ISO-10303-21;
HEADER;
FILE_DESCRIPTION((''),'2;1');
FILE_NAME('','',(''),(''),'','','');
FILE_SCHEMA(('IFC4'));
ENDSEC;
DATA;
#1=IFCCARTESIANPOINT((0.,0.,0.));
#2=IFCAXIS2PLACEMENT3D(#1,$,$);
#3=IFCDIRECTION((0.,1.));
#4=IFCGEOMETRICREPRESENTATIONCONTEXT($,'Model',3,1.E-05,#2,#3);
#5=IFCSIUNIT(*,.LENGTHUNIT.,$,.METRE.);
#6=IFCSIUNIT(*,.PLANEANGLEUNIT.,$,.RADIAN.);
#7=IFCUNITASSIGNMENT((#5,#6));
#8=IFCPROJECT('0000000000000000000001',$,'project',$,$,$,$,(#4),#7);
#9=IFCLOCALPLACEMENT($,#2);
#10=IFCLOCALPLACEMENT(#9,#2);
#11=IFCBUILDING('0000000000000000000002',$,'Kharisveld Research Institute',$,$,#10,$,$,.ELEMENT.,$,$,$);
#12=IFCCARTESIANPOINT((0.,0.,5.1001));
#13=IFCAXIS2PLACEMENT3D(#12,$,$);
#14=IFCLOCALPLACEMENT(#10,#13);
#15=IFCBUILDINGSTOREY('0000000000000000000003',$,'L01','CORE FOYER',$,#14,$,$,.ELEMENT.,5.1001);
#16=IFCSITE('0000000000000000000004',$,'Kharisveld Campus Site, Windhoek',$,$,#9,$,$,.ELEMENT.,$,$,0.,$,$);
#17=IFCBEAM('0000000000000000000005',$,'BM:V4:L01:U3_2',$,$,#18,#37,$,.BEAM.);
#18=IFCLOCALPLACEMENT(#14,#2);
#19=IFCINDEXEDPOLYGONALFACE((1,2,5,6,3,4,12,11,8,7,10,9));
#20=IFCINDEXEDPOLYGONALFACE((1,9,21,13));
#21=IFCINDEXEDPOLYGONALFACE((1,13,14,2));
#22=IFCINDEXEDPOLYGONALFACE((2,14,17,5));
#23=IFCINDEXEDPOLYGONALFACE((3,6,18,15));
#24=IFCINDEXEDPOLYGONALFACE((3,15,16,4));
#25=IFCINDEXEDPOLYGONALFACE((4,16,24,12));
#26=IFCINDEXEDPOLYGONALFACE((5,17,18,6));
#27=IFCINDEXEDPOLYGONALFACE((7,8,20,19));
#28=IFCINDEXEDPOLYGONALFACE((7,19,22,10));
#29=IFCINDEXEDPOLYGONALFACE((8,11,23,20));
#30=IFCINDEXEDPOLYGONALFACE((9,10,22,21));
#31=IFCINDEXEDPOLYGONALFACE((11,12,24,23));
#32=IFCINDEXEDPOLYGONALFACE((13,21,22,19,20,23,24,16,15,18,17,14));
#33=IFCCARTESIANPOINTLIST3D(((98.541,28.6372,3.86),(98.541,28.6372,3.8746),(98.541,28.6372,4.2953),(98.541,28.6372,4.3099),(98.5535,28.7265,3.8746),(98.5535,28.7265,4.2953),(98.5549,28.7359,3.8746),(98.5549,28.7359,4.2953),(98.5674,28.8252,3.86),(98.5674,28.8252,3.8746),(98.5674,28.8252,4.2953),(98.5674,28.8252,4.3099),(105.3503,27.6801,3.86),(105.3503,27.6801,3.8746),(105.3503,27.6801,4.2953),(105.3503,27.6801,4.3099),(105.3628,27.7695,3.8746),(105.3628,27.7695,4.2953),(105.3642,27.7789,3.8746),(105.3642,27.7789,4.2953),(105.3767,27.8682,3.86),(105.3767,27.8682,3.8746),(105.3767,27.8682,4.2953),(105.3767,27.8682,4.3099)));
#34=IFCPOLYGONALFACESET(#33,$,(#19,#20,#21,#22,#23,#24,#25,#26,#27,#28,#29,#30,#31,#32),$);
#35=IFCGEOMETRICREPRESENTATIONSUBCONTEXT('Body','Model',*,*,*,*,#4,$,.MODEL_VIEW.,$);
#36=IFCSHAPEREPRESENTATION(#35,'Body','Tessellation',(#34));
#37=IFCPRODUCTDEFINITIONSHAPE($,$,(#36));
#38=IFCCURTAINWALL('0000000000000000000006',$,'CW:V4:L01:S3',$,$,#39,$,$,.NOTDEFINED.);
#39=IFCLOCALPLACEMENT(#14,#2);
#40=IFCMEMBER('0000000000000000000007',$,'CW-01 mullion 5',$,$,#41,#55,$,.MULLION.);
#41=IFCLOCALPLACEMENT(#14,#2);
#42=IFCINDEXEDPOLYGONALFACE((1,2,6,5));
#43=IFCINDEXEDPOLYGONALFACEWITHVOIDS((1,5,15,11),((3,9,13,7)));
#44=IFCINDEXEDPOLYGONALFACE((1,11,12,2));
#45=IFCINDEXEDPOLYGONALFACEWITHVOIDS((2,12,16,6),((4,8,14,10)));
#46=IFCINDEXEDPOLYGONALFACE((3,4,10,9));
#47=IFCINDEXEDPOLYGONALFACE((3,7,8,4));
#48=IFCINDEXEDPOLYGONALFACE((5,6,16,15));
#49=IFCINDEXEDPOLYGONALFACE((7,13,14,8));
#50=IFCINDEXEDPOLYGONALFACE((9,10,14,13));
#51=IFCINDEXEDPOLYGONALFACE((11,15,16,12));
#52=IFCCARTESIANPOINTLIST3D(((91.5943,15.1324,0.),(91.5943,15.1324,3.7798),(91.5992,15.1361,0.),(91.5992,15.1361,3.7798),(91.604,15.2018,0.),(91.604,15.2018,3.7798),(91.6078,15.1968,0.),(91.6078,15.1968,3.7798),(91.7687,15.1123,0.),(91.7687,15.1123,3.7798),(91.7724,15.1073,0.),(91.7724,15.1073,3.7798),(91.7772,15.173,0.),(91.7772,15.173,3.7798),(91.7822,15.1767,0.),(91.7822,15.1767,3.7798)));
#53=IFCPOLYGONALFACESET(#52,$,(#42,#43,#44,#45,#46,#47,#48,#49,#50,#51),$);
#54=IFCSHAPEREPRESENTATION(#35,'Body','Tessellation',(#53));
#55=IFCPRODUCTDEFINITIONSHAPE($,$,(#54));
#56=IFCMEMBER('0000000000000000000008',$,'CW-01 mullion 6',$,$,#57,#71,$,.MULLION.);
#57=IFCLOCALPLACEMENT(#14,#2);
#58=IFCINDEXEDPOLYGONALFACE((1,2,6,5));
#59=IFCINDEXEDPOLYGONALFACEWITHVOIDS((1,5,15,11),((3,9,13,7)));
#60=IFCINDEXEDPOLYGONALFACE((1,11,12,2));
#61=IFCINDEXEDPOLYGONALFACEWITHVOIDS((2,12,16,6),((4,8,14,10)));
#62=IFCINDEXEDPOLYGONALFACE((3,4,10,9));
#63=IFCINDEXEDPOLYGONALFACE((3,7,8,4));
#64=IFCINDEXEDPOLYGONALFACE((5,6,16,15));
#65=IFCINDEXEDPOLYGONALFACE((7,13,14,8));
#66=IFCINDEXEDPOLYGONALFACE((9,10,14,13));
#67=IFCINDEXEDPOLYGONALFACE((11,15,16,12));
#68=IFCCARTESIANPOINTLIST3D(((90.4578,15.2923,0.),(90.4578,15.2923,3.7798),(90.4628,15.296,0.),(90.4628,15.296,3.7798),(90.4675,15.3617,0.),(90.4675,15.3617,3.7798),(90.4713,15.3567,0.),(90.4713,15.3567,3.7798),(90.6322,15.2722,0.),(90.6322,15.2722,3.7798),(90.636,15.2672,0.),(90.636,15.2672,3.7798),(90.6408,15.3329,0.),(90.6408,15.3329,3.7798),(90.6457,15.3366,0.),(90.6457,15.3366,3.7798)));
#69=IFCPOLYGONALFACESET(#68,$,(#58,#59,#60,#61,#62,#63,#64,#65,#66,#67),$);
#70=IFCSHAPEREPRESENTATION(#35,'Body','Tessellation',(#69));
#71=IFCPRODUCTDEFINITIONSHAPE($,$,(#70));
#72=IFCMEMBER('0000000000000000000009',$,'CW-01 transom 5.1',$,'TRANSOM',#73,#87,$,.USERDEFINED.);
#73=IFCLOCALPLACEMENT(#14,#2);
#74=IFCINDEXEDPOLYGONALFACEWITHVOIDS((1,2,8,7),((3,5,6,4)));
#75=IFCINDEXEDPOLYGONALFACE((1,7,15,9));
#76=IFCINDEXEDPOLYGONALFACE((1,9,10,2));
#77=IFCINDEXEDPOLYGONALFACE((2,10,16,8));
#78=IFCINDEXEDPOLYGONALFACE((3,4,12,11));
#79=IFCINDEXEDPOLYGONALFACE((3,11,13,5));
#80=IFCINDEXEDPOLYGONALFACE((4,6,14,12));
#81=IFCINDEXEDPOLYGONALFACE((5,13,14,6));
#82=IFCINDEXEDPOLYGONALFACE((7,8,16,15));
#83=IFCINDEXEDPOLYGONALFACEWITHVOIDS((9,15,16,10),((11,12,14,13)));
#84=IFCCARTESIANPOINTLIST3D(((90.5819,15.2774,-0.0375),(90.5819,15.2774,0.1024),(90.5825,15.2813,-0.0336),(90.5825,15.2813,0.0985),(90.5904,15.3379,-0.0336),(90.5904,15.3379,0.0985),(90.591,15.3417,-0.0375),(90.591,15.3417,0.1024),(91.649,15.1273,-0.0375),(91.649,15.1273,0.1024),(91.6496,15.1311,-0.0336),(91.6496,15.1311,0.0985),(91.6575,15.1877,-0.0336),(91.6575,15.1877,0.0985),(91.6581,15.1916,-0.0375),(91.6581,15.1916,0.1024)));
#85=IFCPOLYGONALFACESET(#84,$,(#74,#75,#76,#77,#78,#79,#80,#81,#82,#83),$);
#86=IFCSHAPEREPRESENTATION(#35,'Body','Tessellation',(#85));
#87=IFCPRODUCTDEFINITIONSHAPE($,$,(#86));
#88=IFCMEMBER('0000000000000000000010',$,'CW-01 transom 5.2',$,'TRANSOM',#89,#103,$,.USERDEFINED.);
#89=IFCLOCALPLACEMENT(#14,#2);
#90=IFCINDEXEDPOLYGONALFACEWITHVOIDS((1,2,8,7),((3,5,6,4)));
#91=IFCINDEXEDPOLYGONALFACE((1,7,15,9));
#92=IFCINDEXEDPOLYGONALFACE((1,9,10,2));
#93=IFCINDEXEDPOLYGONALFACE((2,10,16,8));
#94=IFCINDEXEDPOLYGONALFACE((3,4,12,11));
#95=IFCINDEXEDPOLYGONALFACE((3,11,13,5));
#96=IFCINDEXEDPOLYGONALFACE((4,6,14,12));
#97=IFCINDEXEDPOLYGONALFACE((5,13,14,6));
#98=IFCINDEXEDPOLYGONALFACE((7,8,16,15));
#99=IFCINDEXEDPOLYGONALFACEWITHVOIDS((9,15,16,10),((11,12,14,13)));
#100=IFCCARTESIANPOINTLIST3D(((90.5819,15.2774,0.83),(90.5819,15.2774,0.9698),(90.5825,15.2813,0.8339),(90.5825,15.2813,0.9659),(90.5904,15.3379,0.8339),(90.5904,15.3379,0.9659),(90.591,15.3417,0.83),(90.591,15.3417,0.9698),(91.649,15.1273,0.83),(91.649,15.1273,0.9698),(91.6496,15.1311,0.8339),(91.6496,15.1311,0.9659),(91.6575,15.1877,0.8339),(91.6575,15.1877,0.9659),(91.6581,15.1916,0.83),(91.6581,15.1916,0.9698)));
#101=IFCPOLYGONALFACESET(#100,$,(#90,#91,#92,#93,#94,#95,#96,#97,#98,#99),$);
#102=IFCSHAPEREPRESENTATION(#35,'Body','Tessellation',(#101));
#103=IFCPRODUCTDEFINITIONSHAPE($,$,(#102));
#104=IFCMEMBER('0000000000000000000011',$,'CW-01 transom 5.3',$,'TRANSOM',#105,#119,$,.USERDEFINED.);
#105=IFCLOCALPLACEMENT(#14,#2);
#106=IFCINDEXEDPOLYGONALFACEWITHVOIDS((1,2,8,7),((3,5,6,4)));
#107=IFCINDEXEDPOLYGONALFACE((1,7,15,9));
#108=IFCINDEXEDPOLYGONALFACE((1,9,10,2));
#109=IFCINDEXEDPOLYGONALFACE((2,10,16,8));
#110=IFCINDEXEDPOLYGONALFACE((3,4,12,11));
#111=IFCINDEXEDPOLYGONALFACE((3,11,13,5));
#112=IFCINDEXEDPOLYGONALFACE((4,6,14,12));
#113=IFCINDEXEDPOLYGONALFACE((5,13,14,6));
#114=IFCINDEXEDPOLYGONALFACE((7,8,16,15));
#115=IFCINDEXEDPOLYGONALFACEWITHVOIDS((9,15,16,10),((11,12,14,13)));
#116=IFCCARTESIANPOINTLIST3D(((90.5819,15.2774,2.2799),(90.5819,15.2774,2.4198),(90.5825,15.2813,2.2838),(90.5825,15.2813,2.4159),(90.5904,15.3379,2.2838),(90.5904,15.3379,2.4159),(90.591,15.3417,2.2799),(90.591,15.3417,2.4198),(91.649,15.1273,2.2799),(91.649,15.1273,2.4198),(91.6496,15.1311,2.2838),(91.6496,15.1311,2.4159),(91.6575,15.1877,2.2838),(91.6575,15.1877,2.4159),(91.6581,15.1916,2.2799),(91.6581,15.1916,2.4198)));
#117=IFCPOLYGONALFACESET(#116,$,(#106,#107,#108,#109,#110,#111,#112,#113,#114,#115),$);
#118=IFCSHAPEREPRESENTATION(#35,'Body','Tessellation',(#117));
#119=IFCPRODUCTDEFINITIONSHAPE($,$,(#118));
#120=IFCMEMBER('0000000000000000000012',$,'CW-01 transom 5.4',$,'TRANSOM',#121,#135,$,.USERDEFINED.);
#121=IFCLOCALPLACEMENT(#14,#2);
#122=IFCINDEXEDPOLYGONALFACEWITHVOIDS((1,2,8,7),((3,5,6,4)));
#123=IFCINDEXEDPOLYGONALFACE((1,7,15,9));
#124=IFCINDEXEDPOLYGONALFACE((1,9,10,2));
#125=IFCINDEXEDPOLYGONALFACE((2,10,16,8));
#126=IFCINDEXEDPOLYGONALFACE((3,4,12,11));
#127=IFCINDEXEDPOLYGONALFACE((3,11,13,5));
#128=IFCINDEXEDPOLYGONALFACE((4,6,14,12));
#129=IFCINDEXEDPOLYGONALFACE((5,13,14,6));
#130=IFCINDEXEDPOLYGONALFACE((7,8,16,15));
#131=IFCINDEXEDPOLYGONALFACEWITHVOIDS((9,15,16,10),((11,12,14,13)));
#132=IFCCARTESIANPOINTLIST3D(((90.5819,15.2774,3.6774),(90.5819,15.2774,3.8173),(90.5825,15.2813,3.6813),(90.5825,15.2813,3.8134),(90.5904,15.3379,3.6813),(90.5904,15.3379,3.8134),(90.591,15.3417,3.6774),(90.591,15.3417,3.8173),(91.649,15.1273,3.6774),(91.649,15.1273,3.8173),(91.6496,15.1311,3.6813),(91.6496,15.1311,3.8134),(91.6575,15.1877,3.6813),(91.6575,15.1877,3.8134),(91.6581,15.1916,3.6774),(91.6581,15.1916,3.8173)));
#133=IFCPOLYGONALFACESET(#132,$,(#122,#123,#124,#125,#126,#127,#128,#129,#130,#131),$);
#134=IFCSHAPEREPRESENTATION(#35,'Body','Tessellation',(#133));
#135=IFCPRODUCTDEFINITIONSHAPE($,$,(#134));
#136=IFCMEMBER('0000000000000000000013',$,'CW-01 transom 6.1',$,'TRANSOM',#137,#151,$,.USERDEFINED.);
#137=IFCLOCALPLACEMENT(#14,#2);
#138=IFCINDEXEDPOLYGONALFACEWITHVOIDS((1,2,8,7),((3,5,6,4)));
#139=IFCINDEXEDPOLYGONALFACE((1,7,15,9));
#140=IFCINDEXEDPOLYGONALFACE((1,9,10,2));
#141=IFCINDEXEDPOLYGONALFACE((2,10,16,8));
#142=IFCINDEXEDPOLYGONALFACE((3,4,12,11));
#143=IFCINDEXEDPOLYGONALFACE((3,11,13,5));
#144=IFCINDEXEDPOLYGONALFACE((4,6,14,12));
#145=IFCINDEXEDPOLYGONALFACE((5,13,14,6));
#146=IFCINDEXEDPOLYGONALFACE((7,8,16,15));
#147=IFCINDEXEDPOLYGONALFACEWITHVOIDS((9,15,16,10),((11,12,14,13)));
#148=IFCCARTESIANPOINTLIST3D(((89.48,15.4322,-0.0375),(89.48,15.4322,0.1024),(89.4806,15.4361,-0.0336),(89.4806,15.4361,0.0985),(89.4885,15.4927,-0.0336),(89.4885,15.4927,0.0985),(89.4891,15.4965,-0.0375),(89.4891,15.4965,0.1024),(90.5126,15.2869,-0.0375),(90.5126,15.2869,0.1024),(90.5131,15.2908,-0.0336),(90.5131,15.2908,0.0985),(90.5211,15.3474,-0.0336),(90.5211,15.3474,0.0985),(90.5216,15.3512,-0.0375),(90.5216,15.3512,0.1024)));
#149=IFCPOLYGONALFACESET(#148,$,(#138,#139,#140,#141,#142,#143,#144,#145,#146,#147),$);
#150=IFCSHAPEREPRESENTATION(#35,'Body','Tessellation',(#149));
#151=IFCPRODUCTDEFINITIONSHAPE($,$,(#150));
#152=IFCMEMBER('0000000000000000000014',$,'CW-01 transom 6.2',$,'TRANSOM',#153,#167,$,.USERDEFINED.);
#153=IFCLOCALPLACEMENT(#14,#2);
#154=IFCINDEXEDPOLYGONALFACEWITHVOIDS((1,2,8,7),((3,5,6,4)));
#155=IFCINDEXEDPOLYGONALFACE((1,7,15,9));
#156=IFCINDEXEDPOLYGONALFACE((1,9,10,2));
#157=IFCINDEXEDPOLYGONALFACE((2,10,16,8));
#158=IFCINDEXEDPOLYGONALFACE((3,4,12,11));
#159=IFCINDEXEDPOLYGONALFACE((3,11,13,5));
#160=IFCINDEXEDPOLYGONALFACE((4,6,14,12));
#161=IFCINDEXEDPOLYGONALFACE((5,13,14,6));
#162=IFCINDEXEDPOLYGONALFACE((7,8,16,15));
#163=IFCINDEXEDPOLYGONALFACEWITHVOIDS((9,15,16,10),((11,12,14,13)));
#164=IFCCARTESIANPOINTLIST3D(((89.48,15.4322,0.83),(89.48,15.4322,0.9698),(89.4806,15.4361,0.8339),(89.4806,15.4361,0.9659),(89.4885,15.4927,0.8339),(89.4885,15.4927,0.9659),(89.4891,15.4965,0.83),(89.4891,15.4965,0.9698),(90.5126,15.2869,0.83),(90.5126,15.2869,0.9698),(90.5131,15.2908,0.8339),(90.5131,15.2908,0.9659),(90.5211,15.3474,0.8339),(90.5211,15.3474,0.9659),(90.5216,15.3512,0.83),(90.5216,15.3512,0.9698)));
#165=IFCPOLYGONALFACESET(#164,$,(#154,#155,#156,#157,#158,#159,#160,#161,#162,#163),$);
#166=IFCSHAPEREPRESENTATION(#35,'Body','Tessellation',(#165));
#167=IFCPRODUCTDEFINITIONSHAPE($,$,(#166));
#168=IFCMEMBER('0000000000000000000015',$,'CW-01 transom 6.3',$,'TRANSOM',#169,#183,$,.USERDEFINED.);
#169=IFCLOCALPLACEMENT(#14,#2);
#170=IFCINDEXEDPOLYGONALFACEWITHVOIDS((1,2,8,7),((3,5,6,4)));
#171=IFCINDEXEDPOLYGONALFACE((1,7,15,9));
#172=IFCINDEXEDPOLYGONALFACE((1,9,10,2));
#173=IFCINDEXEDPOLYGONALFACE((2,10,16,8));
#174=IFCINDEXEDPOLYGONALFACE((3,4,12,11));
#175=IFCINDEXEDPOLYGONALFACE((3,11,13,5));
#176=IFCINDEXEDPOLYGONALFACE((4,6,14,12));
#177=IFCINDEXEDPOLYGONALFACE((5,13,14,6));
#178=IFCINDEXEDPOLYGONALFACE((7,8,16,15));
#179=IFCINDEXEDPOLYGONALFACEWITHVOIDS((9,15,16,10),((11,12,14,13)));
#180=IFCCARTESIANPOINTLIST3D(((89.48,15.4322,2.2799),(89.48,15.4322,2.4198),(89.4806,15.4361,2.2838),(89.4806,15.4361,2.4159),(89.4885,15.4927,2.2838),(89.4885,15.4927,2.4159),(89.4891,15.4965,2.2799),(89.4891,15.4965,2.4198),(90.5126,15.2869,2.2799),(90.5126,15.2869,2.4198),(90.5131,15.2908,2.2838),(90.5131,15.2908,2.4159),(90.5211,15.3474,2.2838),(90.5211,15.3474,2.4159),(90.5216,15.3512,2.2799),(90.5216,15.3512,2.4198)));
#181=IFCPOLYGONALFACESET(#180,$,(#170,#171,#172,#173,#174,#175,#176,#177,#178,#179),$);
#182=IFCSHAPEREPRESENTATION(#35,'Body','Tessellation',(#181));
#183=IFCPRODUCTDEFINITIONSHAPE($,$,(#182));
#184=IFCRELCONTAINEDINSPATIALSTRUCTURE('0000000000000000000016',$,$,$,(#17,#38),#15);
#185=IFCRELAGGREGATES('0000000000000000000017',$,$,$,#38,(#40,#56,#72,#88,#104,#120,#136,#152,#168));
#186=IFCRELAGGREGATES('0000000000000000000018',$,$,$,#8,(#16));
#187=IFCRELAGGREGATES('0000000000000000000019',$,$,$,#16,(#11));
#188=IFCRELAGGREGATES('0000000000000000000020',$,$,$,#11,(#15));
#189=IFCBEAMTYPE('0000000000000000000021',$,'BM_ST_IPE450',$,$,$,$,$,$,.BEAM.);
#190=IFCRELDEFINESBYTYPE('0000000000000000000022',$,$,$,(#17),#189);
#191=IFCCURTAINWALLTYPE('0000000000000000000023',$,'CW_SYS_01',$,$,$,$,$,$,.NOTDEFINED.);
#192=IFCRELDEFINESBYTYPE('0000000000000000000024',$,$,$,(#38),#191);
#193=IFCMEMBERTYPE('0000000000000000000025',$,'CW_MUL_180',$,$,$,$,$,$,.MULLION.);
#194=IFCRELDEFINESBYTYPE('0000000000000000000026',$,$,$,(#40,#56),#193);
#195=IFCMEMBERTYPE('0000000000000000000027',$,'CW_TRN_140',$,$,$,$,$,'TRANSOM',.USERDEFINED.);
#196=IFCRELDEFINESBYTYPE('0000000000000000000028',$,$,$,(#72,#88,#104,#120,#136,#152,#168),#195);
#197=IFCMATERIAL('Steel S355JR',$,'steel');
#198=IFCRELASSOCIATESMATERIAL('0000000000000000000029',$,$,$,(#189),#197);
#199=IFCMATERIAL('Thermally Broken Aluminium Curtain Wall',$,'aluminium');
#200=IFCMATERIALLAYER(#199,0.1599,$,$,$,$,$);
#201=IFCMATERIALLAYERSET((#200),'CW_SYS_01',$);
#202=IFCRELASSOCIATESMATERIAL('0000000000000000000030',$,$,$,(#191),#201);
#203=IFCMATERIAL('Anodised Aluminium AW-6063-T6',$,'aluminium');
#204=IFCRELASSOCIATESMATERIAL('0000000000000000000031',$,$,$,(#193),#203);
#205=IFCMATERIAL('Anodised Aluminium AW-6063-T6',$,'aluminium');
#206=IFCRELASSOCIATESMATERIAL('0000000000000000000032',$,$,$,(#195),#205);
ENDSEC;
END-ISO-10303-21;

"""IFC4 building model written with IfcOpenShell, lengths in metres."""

from ifc_helpers import new_model, si_unit, direction, frame, origin, origin_2d, place, context, subcontext, project, spatial, hollow_rectangle, i_section, extrude, material, layer, layer_set, material_profile, profile_set, type_object, element, aggregate, save


model = new_model("IFC4")

# Units and contexts
model_context = context("Model", 3, precision=1e-05, world=origin(), true_north=direction((0.0, 1.0)))
body_context = subcontext(model_context, "Body", "Model", "MODEL_VIEW")
ifc_project = project(units=[si_unit("LENGTHUNIT", "METRE"), si_unit("PLANEANGLEUNIT", "RADIAN")], contexts=[model_context])

# Site, building, storey
site_placement = place(None, origin())
site = spatial("IfcSite", under=ifc_project, at=site_placement, Name="Kharisveld Campus Site, Windhoek", CompositionType="ELEMENT", RefElevation=0.0)
building_placement = place(site_placement, origin())
building = spatial("IfcBuilding", under=site, at=building_placement, Name="Kharisveld Research Institute", CompositionType="ELEMENT")
storey_placement = place(building_placement, frame((0.0, 0.0, 5.1001)))
storey = spatial("IfcBuildingStorey", under=building, at=storey_placement, Name="L01", Description="CORE FOYER", CompositionType="ELEMENT", Elevation=5.1001)

# Beam
ifc_material_1 = material(Name="Steel S355JR", Category="steel")
ifc_material_profile_1 = material_profile(ifc_material_1, i_section(OverallWidth=0.1899, OverallDepth=0.45, WebThickness=0.0095, FlangeThickness=0.0146, at=origin_2d()))
ifc_profile_set_1 = profile_set([ifc_material_profile_1], Name="Steel S355JR")
beam_type_1 = type_object("IfcBeamType", Name="BM_ST_IPE450", PredefinedType="BEAM", material=ifc_profile_set_1)
beam_1_placement = place(storey_placement, frame((98.5542, 28.7312, 4.085), z_axis=(0.990267, -0.139179, 0.0), x_axis=(0.139179, 0.990267, 0.0)))
element("IfcBeam", 1, at=beam_1_placement, inside=storey, type_object=beam_type_1, Name="BM:V4:L01:U3_2", PredefinedType="BEAM", context=body_context, shape_type="SweptSolid", body=[
    extrude(i_section(OverallWidth=0.1899, OverallDepth=0.45, WebThickness=0.0095, FlangeThickness=0.0146, at=origin_2d()), origin(), (0.0, 0.0, 1.0), 6.8762),
])

# Curtain wall, members
ifc_material_2 = material(Name="Thermally Broken Aluminium Curtain Wall", Category="aluminium")
ifc_layer_1 = layer(ifc_material_2, 0.1599)
ifc_layer_set_1 = layer_set([ifc_layer_1], Name="CW_SYS_01")
curtain_wall_type = type_object("IfcCurtainWallType", Name="CW_SYS_01", PredefinedType="NOTDEFINED", material=ifc_layer_set_1)
curtain_wall_placement = place(storey_placement, origin())
curtain_wall = element("IfcCurtainWall", 2, at=curtain_wall_placement, inside=storey, type_object=curtain_wall_type, Name="CW:V4:L01:S3", PredefinedType="NOTDEFINED")
ifc_material_3 = material(Name="Anodised Aluminium AW-6063-T6", Category="aluminium")
ifc_material_profile_2 = material_profile(ifc_material_3, hollow_rectangle(XDim=0.0701, YDim=0.1799, WallThickness=0.0044, at=origin_2d()))
ifc_profile_set_2 = profile_set([ifc_material_profile_2], Name="Anodised Aluminium AW-6063-T6")
member_type_1 = type_object("IfcMemberType", Name="CW_MUL_180", PredefinedType="MULLION", material=ifc_profile_set_2)
member_1_placement = place(storey_placement, frame((91.6882, 15.1545, 0.0), z_axis=(0.0, 0.0, 1.0), x_axis=(-0.139173, -0.990268, 0.0)))
member_1 = element("IfcMember", 3, at=member_1_placement, type_object=member_type_1, Name="CW-01 mullion 5", PredefinedType="MULLION", context=body_context, shape_type="SweptSolid", body=[
    extrude(hollow_rectangle(XDim=0.0701, YDim=0.1799, WallThickness=0.0044, at=origin_2d()), origin(), (0.0, 0.0, 1.0), 3.7798),
])
member_2_placement = place(storey_placement, frame((90.5518, 15.3145, 0.0), z_axis=(0.0, 0.0, 1.0), x_axis=(-0.139173, -0.990268, 0.0)))
member_2 = element("IfcMember", 4, at=member_2_placement, type_object=member_type_1, Name="CW-01 mullion 6", PredefinedType="MULLION", context=body_context, shape_type="SweptSolid", body=[
    extrude(hollow_rectangle(XDim=0.0701, YDim=0.1799, WallThickness=0.0044, at=origin_2d()), origin(), (0.0, 0.0, 1.0), 3.7798),
])
ifc_material_4 = material(Name="Anodised Aluminium AW-6063-T6", Category="aluminium")
ifc_material_profile_3 = material_profile(ifc_material_4, hollow_rectangle(XDim=0.0649, YDim=0.1399, WallThickness=0.0039, at=origin_2d()))
ifc_profile_set_3 = profile_set([ifc_material_profile_3], Name="Anodised Aluminium AW-6063-T6")
member_type_2 = type_object("IfcMemberType", Name="CW_TRN_140", ElementType="TRANSOM", PredefinedType="USERDEFINED", material=ifc_profile_set_3)
member_3_placement = place(storey_placement, frame((91.6536, 15.1594, 0.0325), z_axis=(-0.990246, 0.139328, 0.0), x_axis=(-0.139328, -0.990246, 0.0)))
member_3 = element("IfcMember", 5, at=member_3_placement, type_object=member_type_2, Name="CW-01 transom 5.1", ObjectType="TRANSOM", PredefinedType="USERDEFINED", context=body_context, shape_type="SweptSolid", body=[
    extrude(hollow_rectangle(XDim=0.0649, YDim=0.1399, WallThickness=0.0039, at=origin_2d()), origin(), (0.0, 0.0, 1.0), 1.0776),
])
member_4_placement = place(storey_placement, frame((91.6536, 15.1594, 0.8999), z_axis=(-0.990246, 0.139328, 0.0), x_axis=(-0.139328, -0.990246, 0.0)))
member_4 = element("IfcMember", 6, at=member_4_placement, type_object=member_type_2, Name="CW-01 transom 5.2", ObjectType="TRANSOM", PredefinedType="USERDEFINED", context=body_context, shape_type="SweptSolid", body=[
    extrude(hollow_rectangle(XDim=0.0649, YDim=0.1399, WallThickness=0.0039, at=origin_2d()), origin(), (0.0, 0.0, 1.0), 1.0776),
])
member_5_placement = place(storey_placement, frame((91.6536, 15.1594, 2.3499), z_axis=(-0.990246, 0.139328, 0.0), x_axis=(-0.139328, -0.990246, 0.0)))
member_5 = element("IfcMember", 7, at=member_5_placement, type_object=member_type_2, Name="CW-01 transom 5.3", ObjectType="TRANSOM", PredefinedType="USERDEFINED", context=body_context, shape_type="SweptSolid", body=[
    extrude(hollow_rectangle(XDim=0.0649, YDim=0.1399, WallThickness=0.0039, at=origin_2d()), origin(), (0.0, 0.0, 1.0), 1.0776),
])
member_6_placement = place(storey_placement, frame((91.6536, 15.1594, 3.7473), z_axis=(-0.990246, 0.139328, 0.0), x_axis=(-0.139328, -0.990246, 0.0)))
member_6 = element("IfcMember", 8, at=member_6_placement, type_object=member_type_2, Name="CW-01 transom 5.4", ObjectType="TRANSOM", PredefinedType="USERDEFINED", context=body_context, shape_type="SweptSolid", body=[
    extrude(hollow_rectangle(XDim=0.0649, YDim=0.1399, WallThickness=0.0039, at=origin_2d()), origin(), (0.0, 0.0, 1.0), 1.0776),
])
member_7_placement = place(storey_placement, frame((90.5171, 15.3191, 0.0325), z_axis=(-0.990247, 0.139323, 0.0), x_axis=(-0.139323, -0.990247, 0.0)))
member_7 = element("IfcMember", 9, at=member_7_placement, type_object=member_type_2, Name="CW-01 transom 6.1", ObjectType="TRANSOM", PredefinedType="USERDEFINED", context=body_context, shape_type="SweptSolid", body=[
    extrude(hollow_rectangle(XDim=0.0649, YDim=0.1399, WallThickness=0.0039, at=origin_2d()), origin(), (0.0, 0.0, 1.0), 1.0427),
])
member_8_placement = place(storey_placement, frame((90.5171, 15.3191, 0.8999), z_axis=(-0.990247, 0.139323, 0.0), x_axis=(-0.139323, -0.990247, 0.0)))
member_8 = element("IfcMember", 10, at=member_8_placement, type_object=member_type_2, Name="CW-01 transom 6.2", ObjectType="TRANSOM", PredefinedType="USERDEFINED", context=body_context, shape_type="SweptSolid", body=[
    extrude(hollow_rectangle(XDim=0.0649, YDim=0.1399, WallThickness=0.0039, at=origin_2d()), origin(), (0.0, 0.0, 1.0), 1.0427),
])
member_9_placement = place(storey_placement, frame((90.5171, 15.3191, 2.3499), z_axis=(-0.990247, 0.139323, 0.0), x_axis=(-0.139323, -0.990247, 0.0)))
member_9 = element("IfcMember", 11, at=member_9_placement, type_object=member_type_2, Name="CW-01 transom 6.3", ObjectType="TRANSOM", PredefinedType="USERDEFINED", context=body_context, shape_type="SweptSolid", body=[
    extrude(hollow_rectangle(XDim=0.0649, YDim=0.1399, WallThickness=0.0039, at=origin_2d()), origin(), (0.0, 0.0, 1.0), 1.0427),
])

aggregate(curtain_wall, [member_1, member_2, member_3, member_4, member_5, member_6, member_7, member_8, member_9])

save(model, "model.ifc")
